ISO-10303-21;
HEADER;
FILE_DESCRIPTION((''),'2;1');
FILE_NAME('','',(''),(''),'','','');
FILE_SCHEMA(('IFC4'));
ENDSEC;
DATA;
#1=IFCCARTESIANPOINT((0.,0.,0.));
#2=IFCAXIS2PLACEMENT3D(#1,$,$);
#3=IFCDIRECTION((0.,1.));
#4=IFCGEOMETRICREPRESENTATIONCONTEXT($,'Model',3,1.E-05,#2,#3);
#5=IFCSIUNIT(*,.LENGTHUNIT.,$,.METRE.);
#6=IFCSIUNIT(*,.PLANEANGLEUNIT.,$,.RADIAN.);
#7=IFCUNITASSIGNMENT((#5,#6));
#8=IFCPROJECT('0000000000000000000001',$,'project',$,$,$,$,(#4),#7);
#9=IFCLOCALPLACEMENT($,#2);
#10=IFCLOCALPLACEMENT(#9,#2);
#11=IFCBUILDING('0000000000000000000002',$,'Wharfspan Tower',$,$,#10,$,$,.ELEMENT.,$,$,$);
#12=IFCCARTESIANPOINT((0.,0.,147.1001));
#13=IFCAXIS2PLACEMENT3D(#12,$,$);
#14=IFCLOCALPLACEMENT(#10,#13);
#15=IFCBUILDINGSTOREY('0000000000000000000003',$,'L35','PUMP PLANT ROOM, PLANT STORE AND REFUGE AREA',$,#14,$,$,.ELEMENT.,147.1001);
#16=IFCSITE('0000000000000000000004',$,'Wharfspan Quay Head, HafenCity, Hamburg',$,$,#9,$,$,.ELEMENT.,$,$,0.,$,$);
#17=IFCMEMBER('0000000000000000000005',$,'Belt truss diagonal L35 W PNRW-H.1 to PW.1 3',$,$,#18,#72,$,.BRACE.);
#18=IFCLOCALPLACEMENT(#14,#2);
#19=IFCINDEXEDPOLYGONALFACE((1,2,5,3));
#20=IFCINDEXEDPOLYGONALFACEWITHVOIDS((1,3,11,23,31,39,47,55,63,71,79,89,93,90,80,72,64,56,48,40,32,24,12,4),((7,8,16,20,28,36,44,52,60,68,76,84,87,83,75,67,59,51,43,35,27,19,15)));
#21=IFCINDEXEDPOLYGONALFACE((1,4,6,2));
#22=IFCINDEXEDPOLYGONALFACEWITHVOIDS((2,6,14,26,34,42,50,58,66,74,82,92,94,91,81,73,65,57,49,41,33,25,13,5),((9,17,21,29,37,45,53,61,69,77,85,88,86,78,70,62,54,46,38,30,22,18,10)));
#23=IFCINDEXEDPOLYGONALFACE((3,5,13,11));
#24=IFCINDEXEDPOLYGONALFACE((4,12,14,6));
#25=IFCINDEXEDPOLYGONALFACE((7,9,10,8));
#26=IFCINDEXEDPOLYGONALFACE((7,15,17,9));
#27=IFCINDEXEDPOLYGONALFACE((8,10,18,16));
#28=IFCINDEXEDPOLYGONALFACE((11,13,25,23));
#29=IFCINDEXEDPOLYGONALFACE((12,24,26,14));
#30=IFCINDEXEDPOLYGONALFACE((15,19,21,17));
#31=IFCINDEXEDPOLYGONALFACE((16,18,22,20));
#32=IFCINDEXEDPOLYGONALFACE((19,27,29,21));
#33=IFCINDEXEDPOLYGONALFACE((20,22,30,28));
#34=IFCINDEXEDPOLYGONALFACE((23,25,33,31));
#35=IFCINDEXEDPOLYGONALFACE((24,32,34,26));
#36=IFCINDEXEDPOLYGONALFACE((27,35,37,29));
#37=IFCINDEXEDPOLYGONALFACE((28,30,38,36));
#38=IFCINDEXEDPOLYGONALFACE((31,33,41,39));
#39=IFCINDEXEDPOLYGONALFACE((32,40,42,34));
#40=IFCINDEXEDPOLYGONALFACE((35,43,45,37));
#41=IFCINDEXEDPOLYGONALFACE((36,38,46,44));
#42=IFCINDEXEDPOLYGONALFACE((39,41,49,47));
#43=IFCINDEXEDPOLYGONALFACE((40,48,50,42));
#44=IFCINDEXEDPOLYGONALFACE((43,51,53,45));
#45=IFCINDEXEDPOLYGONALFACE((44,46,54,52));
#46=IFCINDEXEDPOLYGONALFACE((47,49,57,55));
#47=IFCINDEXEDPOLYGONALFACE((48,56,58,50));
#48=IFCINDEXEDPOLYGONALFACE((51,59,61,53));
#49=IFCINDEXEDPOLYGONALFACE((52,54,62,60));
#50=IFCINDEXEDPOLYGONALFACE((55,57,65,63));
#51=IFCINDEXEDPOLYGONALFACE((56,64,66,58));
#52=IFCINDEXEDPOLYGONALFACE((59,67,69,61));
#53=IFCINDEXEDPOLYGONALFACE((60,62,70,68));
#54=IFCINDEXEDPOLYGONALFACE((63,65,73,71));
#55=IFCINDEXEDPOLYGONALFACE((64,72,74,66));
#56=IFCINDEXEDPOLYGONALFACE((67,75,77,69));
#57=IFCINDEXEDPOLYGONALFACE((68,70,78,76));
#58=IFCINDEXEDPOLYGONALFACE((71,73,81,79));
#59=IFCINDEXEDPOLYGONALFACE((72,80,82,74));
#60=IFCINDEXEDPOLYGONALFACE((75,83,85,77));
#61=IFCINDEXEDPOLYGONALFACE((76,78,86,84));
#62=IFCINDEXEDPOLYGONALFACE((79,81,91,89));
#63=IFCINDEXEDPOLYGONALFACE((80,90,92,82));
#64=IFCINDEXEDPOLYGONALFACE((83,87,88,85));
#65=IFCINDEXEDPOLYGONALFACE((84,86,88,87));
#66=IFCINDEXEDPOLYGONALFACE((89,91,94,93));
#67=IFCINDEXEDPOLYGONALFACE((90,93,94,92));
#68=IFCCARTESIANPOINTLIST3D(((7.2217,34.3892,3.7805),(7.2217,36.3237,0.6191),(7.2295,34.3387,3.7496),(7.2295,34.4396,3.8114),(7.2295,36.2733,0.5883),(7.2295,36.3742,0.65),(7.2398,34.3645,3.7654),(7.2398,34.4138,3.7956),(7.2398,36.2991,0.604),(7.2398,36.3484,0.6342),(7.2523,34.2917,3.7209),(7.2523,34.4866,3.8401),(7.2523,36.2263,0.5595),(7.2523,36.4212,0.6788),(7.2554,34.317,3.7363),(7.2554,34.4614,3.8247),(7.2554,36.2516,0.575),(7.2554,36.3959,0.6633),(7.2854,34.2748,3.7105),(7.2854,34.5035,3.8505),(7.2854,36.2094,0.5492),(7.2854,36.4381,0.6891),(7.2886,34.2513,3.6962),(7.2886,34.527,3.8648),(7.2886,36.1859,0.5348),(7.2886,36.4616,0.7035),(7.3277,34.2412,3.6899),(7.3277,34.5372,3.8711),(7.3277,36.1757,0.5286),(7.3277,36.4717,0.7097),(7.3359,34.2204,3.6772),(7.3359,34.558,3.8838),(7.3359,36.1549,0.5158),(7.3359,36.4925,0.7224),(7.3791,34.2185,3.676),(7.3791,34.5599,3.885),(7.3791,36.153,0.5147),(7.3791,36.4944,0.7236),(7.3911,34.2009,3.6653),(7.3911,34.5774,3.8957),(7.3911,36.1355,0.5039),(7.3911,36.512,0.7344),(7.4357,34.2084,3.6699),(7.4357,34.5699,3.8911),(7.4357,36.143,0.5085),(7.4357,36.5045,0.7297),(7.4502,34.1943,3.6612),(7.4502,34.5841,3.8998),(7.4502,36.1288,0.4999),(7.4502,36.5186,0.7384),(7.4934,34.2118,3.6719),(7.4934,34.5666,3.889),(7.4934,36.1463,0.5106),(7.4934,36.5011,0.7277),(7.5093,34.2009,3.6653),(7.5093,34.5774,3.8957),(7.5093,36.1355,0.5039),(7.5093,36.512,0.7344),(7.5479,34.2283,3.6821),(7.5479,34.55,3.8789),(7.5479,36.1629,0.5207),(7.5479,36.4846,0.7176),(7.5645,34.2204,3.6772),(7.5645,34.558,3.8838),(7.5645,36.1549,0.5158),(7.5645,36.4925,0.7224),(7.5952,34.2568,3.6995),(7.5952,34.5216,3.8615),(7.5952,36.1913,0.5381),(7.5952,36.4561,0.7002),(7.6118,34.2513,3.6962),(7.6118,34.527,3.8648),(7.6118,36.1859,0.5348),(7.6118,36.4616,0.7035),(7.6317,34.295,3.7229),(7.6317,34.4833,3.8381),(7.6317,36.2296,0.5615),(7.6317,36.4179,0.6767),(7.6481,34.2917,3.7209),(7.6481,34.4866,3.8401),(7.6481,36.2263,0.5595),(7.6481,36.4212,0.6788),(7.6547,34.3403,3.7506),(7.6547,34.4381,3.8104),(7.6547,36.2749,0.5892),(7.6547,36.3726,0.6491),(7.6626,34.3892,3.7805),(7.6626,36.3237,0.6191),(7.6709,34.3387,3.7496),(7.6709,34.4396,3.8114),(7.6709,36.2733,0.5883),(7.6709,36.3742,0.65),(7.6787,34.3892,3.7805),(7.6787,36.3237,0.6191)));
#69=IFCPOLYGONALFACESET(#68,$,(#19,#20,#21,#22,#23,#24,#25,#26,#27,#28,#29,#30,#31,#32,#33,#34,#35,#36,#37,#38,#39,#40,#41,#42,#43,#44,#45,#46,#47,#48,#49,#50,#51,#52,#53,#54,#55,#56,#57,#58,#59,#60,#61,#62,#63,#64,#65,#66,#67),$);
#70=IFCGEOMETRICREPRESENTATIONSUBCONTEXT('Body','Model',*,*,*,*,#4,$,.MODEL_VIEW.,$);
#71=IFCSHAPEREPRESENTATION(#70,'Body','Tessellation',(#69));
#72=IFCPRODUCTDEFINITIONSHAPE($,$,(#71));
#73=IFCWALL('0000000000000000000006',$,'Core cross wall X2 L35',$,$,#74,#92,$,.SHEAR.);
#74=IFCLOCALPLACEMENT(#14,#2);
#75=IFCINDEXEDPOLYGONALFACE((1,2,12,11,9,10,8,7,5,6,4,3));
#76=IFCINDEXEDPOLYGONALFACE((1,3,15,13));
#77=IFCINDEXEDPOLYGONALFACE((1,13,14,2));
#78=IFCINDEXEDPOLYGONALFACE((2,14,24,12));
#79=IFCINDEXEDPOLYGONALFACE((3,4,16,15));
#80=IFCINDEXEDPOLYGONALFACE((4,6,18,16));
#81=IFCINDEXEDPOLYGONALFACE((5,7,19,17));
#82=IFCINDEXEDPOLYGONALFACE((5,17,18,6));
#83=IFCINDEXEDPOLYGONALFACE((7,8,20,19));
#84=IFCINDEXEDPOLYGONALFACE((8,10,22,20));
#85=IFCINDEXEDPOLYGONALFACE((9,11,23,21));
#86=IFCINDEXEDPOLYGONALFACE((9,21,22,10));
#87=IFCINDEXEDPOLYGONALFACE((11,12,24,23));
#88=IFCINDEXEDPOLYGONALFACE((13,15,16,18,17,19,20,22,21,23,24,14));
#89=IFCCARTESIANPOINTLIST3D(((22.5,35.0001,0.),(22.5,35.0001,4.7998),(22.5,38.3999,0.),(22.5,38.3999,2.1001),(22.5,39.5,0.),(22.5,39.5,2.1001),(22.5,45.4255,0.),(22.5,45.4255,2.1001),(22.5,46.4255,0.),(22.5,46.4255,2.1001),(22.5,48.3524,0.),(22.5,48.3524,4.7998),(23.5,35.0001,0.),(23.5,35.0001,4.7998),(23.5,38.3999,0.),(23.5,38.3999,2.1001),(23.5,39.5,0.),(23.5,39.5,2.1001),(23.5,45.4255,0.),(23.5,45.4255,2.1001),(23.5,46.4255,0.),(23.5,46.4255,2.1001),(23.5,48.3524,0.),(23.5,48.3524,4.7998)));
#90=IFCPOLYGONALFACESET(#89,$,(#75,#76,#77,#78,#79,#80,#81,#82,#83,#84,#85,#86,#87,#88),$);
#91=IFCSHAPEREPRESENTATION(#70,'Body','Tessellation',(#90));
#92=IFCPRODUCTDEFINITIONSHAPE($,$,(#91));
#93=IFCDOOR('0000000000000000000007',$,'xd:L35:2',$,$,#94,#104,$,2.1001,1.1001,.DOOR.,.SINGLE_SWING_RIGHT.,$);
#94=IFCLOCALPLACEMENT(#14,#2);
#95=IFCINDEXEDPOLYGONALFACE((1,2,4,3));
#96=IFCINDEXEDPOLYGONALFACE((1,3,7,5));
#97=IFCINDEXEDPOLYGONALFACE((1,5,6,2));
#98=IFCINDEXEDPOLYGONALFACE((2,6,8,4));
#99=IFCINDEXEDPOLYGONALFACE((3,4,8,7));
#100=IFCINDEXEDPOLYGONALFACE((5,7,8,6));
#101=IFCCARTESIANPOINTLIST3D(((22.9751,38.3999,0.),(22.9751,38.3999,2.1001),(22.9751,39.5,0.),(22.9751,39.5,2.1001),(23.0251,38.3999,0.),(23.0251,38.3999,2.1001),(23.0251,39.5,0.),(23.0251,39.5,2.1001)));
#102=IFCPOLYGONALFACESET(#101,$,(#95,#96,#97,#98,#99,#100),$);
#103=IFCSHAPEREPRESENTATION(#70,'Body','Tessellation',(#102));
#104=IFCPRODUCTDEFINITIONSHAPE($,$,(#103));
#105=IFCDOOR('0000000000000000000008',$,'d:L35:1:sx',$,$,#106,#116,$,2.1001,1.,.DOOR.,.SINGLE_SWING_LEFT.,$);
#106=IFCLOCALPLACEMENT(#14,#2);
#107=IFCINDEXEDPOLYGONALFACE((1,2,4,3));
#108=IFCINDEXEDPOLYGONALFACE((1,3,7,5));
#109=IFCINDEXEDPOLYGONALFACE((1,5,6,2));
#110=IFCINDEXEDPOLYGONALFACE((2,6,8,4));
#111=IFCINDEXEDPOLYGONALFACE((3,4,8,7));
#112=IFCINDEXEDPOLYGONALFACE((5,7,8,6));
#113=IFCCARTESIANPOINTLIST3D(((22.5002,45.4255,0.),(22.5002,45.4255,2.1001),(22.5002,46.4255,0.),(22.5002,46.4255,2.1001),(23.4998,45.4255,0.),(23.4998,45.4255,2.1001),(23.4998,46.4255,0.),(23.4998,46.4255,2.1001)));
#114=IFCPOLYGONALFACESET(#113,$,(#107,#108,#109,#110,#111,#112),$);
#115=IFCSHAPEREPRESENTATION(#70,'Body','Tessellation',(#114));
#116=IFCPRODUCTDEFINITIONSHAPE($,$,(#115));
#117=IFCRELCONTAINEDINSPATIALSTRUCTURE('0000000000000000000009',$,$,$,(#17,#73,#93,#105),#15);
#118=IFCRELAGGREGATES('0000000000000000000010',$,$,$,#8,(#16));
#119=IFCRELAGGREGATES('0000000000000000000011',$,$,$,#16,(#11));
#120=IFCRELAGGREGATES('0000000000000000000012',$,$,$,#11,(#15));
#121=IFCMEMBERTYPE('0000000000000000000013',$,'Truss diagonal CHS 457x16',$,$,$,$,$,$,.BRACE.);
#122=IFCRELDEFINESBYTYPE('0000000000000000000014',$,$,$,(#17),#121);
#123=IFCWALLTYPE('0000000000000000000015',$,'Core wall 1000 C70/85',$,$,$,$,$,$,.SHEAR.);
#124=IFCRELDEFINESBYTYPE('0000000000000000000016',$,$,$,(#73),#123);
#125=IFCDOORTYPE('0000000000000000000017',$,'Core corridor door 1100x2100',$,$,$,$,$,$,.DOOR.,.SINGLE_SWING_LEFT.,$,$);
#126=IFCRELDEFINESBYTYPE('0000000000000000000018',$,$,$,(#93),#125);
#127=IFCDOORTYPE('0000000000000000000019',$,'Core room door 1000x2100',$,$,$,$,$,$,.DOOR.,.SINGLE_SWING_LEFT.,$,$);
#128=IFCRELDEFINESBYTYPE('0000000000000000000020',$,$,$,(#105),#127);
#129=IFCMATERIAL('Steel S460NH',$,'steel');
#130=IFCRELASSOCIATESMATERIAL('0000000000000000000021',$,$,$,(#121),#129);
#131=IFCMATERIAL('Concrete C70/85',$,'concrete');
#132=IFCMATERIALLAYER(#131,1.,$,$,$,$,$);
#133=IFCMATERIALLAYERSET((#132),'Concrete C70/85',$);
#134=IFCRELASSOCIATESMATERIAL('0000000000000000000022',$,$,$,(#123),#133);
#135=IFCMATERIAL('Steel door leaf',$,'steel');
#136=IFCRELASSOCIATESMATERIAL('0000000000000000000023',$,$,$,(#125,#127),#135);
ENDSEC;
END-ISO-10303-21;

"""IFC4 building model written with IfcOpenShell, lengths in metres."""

from ifc_helpers import new_model, si_unit, direction, frame, frame_2d, origin, origin_2d, place, context, subcontext, project, spatial, rectangle, hollow_circle, extrude, material, layer, layer_set, material_profile, profile_set, type_object, element, fill, save


model = new_model("IFC4")

# Units and contexts
model_context = context("Model", 3, precision=1e-05, world=origin(), true_north=direction((0.0, 1.0)))
body_context = subcontext(model_context, "Body", "Model", "MODEL_VIEW")
ifc_project = project(units=[si_unit("LENGTHUNIT", "METRE"), si_unit("PLANEANGLEUNIT", "RADIAN")], contexts=[model_context])

# Site, building, storey
site_placement = place(None, origin())
site = spatial("IfcSite", under=ifc_project, at=site_placement, Name="Wharfspan Quay Head, HafenCity, Hamburg", CompositionType="ELEMENT", RefElevation=0.0)
building_placement = place(site_placement, origin())
building = spatial("IfcBuilding", under=site, at=building_placement, Name="Wharfspan Tower", CompositionType="ELEMENT")
storey_placement = place(building_placement, frame((0.0, 0.0, 147.1001)))
storey = spatial("IfcBuildingStorey", under=building, at=storey_placement, Name="L35", Description="PUMP PLANT ROOM, PLANT STORE AND REFUGE AREA", CompositionType="ELEMENT", Elevation=147.1001)

# Member
ifc_material_1 = material(Name="Steel S460NH", Category="steel")
ifc_material_profile_1 = material_profile(ifc_material_1, hollow_circle(Radius=0.2285, WallThickness=0.0161, at=origin_2d()))
ifc_profile_set_1 = profile_set([ifc_material_profile_1], Name="Steel S460NH")
member_type_1 = type_object("IfcMemberType", Name="Truss diagonal CHS 457x16", PredefinedType="BRACE", material=ifc_profile_set_1)
for number, where, z_axis, x_axis, name in (
    (1, (7.4502, 36.3237, 0.6191), (0.0, -0.521964, 0.852967), (1.0, 0.0, 0.0), "Belt truss diagonal L35 W PNRW-H.1 to PW.1 3"),
):
    element("IfcMember", number, at=place(storey_placement, frame(where, z_axis=z_axis, x_axis=x_axis)), inside=storey, type_object=member_type_1, Name=name, PredefinedType="BRACE", context=body_context, shape_type="SweptSolid", body=[
        extrude(hollow_circle(Radius=0.2285, WallThickness=0.0161, at=origin_2d()), origin(), (0.0, 0.0, 1.0), 3.7063),
    ])

# Wall, openings, doors
ifc_material_2 = material(Name="Concrete C70/85", Category="concrete")
ifc_layer_1 = layer(ifc_material_2, 1.0)
ifc_layer_set_1 = layer_set([ifc_layer_1], Name="Concrete C70/85")
wall_type_1 = type_object("IfcWallType", Name="Core wall 1000 C70/85", PredefinedType="SHEAR", material=ifc_layer_set_1)
wall_1_placement = place(storey_placement, frame((23.0, 35.0, 0.0), z_axis=(0.0, 0.0, 1.0), x_axis=(0.0, 1.0, 0.0)))
wall_1 = element("IfcWall", 2, at=wall_1_placement, inside=storey, type_object=wall_type_1, Name="Core cross wall X2 L35", PredefinedType="SHEAR", context=body_context, shape_type="SweptSolid", body=[
    extrude(rectangle(XDim=13.3523, YDim=1.0, at=frame_2d((6.6763, 0.0))), origin(), (0.0, 0.0, 1.0), 4.7998),
])
opening_1_placement = place(wall_1_placement, frame((10.4255, 0.0, 0.0)))
opening_1 = element("IfcOpeningElement", 3, at=opening_1_placement, cuts=wall_1, PredefinedType="OPENING", context=body_context, shape_type="SweptSolid", body=[
    extrude(rectangle(XDim=1.0, YDim=2.1001, at=frame_2d((0.5, 1.05))), frame((0.0, 0.51, 0.0), z_axis=(0.0, -1.0, 0.0), x_axis=(1.0, 0.0, 0.0)), (0.0, 0.0, 1.0), 1.02),
])
opening_2_placement = place(wall_1_placement, frame((3.3999, 0.0, 0.0)))
opening_2 = element("IfcOpeningElement", 4, at=opening_2_placement, cuts=wall_1, PredefinedType="OPENING", context=body_context, shape_type="SweptSolid", body=[
    extrude(rectangle(XDim=1.1001, YDim=2.1001, at=frame_2d((0.55, 1.05))), frame((0.0, 0.51, 0.0), z_axis=(0.0, -1.0, 0.0), x_axis=(1.0, 0.0, 0.0)), (0.0, 0.0, 1.0), 1.02),
])
ifc_material_3 = material(Name="Steel door leaf", Category="steel")
door_type_1 = type_object("IfcDoorType", Name="Core corridor door 1100x2100", OperationType="SINGLE_SWING_LEFT", PredefinedType="DOOR", material=ifc_material_3)
door_1_placement = place(opening_2_placement, origin())
door_1 = element("IfcDoor", 5, at=door_1_placement, inside=storey, type_object=door_type_1, Name="xd:L35:2", OperationType="SINGLE_SWING_RIGHT", OverallHeight=2.1001, OverallWidth=1.1001, PredefinedType="DOOR", context=body_context, shape_type="SweptSolid", body=[
    extrude(rectangle(XDim=1.1001, YDim=2.1001, at=frame_2d((0.55, 1.05))), frame((0.0, 0.0249, 0.0), z_axis=(0.0, -1.0, 0.0), x_axis=(1.0, 0.0, 0.0)), (0.0, 0.0, 1.0), 0.05),
])
fill(opening_2, door_1)
door_type_2 = type_object("IfcDoorType", Name="Core room door 1000x2100", OperationType="SINGLE_SWING_LEFT", PredefinedType="DOOR", material=ifc_material_3)
door_2_placement = place(opening_1_placement, origin())
door_2 = element("IfcDoor", 6, at=door_2_placement, inside=storey, type_object=door_type_2, Name="d:L35:1:sx", OperationType="SINGLE_SWING_LEFT", OverallHeight=2.1001, OverallWidth=1.0, PredefinedType="DOOR", context=body_context, shape_type="SweptSolid", body=[
    extrude(rectangle(XDim=1.0, YDim=2.1001, at=frame_2d((0.5, 1.05))), frame((0.0, 0.4998, 0.0), z_axis=(0.0, -1.0, 0.0), x_axis=(1.0, 0.0, 0.0)), (0.0, 0.0, 1.0), 0.9995),
])
fill(opening_1, door_2)

save(model, "model.ifc")
